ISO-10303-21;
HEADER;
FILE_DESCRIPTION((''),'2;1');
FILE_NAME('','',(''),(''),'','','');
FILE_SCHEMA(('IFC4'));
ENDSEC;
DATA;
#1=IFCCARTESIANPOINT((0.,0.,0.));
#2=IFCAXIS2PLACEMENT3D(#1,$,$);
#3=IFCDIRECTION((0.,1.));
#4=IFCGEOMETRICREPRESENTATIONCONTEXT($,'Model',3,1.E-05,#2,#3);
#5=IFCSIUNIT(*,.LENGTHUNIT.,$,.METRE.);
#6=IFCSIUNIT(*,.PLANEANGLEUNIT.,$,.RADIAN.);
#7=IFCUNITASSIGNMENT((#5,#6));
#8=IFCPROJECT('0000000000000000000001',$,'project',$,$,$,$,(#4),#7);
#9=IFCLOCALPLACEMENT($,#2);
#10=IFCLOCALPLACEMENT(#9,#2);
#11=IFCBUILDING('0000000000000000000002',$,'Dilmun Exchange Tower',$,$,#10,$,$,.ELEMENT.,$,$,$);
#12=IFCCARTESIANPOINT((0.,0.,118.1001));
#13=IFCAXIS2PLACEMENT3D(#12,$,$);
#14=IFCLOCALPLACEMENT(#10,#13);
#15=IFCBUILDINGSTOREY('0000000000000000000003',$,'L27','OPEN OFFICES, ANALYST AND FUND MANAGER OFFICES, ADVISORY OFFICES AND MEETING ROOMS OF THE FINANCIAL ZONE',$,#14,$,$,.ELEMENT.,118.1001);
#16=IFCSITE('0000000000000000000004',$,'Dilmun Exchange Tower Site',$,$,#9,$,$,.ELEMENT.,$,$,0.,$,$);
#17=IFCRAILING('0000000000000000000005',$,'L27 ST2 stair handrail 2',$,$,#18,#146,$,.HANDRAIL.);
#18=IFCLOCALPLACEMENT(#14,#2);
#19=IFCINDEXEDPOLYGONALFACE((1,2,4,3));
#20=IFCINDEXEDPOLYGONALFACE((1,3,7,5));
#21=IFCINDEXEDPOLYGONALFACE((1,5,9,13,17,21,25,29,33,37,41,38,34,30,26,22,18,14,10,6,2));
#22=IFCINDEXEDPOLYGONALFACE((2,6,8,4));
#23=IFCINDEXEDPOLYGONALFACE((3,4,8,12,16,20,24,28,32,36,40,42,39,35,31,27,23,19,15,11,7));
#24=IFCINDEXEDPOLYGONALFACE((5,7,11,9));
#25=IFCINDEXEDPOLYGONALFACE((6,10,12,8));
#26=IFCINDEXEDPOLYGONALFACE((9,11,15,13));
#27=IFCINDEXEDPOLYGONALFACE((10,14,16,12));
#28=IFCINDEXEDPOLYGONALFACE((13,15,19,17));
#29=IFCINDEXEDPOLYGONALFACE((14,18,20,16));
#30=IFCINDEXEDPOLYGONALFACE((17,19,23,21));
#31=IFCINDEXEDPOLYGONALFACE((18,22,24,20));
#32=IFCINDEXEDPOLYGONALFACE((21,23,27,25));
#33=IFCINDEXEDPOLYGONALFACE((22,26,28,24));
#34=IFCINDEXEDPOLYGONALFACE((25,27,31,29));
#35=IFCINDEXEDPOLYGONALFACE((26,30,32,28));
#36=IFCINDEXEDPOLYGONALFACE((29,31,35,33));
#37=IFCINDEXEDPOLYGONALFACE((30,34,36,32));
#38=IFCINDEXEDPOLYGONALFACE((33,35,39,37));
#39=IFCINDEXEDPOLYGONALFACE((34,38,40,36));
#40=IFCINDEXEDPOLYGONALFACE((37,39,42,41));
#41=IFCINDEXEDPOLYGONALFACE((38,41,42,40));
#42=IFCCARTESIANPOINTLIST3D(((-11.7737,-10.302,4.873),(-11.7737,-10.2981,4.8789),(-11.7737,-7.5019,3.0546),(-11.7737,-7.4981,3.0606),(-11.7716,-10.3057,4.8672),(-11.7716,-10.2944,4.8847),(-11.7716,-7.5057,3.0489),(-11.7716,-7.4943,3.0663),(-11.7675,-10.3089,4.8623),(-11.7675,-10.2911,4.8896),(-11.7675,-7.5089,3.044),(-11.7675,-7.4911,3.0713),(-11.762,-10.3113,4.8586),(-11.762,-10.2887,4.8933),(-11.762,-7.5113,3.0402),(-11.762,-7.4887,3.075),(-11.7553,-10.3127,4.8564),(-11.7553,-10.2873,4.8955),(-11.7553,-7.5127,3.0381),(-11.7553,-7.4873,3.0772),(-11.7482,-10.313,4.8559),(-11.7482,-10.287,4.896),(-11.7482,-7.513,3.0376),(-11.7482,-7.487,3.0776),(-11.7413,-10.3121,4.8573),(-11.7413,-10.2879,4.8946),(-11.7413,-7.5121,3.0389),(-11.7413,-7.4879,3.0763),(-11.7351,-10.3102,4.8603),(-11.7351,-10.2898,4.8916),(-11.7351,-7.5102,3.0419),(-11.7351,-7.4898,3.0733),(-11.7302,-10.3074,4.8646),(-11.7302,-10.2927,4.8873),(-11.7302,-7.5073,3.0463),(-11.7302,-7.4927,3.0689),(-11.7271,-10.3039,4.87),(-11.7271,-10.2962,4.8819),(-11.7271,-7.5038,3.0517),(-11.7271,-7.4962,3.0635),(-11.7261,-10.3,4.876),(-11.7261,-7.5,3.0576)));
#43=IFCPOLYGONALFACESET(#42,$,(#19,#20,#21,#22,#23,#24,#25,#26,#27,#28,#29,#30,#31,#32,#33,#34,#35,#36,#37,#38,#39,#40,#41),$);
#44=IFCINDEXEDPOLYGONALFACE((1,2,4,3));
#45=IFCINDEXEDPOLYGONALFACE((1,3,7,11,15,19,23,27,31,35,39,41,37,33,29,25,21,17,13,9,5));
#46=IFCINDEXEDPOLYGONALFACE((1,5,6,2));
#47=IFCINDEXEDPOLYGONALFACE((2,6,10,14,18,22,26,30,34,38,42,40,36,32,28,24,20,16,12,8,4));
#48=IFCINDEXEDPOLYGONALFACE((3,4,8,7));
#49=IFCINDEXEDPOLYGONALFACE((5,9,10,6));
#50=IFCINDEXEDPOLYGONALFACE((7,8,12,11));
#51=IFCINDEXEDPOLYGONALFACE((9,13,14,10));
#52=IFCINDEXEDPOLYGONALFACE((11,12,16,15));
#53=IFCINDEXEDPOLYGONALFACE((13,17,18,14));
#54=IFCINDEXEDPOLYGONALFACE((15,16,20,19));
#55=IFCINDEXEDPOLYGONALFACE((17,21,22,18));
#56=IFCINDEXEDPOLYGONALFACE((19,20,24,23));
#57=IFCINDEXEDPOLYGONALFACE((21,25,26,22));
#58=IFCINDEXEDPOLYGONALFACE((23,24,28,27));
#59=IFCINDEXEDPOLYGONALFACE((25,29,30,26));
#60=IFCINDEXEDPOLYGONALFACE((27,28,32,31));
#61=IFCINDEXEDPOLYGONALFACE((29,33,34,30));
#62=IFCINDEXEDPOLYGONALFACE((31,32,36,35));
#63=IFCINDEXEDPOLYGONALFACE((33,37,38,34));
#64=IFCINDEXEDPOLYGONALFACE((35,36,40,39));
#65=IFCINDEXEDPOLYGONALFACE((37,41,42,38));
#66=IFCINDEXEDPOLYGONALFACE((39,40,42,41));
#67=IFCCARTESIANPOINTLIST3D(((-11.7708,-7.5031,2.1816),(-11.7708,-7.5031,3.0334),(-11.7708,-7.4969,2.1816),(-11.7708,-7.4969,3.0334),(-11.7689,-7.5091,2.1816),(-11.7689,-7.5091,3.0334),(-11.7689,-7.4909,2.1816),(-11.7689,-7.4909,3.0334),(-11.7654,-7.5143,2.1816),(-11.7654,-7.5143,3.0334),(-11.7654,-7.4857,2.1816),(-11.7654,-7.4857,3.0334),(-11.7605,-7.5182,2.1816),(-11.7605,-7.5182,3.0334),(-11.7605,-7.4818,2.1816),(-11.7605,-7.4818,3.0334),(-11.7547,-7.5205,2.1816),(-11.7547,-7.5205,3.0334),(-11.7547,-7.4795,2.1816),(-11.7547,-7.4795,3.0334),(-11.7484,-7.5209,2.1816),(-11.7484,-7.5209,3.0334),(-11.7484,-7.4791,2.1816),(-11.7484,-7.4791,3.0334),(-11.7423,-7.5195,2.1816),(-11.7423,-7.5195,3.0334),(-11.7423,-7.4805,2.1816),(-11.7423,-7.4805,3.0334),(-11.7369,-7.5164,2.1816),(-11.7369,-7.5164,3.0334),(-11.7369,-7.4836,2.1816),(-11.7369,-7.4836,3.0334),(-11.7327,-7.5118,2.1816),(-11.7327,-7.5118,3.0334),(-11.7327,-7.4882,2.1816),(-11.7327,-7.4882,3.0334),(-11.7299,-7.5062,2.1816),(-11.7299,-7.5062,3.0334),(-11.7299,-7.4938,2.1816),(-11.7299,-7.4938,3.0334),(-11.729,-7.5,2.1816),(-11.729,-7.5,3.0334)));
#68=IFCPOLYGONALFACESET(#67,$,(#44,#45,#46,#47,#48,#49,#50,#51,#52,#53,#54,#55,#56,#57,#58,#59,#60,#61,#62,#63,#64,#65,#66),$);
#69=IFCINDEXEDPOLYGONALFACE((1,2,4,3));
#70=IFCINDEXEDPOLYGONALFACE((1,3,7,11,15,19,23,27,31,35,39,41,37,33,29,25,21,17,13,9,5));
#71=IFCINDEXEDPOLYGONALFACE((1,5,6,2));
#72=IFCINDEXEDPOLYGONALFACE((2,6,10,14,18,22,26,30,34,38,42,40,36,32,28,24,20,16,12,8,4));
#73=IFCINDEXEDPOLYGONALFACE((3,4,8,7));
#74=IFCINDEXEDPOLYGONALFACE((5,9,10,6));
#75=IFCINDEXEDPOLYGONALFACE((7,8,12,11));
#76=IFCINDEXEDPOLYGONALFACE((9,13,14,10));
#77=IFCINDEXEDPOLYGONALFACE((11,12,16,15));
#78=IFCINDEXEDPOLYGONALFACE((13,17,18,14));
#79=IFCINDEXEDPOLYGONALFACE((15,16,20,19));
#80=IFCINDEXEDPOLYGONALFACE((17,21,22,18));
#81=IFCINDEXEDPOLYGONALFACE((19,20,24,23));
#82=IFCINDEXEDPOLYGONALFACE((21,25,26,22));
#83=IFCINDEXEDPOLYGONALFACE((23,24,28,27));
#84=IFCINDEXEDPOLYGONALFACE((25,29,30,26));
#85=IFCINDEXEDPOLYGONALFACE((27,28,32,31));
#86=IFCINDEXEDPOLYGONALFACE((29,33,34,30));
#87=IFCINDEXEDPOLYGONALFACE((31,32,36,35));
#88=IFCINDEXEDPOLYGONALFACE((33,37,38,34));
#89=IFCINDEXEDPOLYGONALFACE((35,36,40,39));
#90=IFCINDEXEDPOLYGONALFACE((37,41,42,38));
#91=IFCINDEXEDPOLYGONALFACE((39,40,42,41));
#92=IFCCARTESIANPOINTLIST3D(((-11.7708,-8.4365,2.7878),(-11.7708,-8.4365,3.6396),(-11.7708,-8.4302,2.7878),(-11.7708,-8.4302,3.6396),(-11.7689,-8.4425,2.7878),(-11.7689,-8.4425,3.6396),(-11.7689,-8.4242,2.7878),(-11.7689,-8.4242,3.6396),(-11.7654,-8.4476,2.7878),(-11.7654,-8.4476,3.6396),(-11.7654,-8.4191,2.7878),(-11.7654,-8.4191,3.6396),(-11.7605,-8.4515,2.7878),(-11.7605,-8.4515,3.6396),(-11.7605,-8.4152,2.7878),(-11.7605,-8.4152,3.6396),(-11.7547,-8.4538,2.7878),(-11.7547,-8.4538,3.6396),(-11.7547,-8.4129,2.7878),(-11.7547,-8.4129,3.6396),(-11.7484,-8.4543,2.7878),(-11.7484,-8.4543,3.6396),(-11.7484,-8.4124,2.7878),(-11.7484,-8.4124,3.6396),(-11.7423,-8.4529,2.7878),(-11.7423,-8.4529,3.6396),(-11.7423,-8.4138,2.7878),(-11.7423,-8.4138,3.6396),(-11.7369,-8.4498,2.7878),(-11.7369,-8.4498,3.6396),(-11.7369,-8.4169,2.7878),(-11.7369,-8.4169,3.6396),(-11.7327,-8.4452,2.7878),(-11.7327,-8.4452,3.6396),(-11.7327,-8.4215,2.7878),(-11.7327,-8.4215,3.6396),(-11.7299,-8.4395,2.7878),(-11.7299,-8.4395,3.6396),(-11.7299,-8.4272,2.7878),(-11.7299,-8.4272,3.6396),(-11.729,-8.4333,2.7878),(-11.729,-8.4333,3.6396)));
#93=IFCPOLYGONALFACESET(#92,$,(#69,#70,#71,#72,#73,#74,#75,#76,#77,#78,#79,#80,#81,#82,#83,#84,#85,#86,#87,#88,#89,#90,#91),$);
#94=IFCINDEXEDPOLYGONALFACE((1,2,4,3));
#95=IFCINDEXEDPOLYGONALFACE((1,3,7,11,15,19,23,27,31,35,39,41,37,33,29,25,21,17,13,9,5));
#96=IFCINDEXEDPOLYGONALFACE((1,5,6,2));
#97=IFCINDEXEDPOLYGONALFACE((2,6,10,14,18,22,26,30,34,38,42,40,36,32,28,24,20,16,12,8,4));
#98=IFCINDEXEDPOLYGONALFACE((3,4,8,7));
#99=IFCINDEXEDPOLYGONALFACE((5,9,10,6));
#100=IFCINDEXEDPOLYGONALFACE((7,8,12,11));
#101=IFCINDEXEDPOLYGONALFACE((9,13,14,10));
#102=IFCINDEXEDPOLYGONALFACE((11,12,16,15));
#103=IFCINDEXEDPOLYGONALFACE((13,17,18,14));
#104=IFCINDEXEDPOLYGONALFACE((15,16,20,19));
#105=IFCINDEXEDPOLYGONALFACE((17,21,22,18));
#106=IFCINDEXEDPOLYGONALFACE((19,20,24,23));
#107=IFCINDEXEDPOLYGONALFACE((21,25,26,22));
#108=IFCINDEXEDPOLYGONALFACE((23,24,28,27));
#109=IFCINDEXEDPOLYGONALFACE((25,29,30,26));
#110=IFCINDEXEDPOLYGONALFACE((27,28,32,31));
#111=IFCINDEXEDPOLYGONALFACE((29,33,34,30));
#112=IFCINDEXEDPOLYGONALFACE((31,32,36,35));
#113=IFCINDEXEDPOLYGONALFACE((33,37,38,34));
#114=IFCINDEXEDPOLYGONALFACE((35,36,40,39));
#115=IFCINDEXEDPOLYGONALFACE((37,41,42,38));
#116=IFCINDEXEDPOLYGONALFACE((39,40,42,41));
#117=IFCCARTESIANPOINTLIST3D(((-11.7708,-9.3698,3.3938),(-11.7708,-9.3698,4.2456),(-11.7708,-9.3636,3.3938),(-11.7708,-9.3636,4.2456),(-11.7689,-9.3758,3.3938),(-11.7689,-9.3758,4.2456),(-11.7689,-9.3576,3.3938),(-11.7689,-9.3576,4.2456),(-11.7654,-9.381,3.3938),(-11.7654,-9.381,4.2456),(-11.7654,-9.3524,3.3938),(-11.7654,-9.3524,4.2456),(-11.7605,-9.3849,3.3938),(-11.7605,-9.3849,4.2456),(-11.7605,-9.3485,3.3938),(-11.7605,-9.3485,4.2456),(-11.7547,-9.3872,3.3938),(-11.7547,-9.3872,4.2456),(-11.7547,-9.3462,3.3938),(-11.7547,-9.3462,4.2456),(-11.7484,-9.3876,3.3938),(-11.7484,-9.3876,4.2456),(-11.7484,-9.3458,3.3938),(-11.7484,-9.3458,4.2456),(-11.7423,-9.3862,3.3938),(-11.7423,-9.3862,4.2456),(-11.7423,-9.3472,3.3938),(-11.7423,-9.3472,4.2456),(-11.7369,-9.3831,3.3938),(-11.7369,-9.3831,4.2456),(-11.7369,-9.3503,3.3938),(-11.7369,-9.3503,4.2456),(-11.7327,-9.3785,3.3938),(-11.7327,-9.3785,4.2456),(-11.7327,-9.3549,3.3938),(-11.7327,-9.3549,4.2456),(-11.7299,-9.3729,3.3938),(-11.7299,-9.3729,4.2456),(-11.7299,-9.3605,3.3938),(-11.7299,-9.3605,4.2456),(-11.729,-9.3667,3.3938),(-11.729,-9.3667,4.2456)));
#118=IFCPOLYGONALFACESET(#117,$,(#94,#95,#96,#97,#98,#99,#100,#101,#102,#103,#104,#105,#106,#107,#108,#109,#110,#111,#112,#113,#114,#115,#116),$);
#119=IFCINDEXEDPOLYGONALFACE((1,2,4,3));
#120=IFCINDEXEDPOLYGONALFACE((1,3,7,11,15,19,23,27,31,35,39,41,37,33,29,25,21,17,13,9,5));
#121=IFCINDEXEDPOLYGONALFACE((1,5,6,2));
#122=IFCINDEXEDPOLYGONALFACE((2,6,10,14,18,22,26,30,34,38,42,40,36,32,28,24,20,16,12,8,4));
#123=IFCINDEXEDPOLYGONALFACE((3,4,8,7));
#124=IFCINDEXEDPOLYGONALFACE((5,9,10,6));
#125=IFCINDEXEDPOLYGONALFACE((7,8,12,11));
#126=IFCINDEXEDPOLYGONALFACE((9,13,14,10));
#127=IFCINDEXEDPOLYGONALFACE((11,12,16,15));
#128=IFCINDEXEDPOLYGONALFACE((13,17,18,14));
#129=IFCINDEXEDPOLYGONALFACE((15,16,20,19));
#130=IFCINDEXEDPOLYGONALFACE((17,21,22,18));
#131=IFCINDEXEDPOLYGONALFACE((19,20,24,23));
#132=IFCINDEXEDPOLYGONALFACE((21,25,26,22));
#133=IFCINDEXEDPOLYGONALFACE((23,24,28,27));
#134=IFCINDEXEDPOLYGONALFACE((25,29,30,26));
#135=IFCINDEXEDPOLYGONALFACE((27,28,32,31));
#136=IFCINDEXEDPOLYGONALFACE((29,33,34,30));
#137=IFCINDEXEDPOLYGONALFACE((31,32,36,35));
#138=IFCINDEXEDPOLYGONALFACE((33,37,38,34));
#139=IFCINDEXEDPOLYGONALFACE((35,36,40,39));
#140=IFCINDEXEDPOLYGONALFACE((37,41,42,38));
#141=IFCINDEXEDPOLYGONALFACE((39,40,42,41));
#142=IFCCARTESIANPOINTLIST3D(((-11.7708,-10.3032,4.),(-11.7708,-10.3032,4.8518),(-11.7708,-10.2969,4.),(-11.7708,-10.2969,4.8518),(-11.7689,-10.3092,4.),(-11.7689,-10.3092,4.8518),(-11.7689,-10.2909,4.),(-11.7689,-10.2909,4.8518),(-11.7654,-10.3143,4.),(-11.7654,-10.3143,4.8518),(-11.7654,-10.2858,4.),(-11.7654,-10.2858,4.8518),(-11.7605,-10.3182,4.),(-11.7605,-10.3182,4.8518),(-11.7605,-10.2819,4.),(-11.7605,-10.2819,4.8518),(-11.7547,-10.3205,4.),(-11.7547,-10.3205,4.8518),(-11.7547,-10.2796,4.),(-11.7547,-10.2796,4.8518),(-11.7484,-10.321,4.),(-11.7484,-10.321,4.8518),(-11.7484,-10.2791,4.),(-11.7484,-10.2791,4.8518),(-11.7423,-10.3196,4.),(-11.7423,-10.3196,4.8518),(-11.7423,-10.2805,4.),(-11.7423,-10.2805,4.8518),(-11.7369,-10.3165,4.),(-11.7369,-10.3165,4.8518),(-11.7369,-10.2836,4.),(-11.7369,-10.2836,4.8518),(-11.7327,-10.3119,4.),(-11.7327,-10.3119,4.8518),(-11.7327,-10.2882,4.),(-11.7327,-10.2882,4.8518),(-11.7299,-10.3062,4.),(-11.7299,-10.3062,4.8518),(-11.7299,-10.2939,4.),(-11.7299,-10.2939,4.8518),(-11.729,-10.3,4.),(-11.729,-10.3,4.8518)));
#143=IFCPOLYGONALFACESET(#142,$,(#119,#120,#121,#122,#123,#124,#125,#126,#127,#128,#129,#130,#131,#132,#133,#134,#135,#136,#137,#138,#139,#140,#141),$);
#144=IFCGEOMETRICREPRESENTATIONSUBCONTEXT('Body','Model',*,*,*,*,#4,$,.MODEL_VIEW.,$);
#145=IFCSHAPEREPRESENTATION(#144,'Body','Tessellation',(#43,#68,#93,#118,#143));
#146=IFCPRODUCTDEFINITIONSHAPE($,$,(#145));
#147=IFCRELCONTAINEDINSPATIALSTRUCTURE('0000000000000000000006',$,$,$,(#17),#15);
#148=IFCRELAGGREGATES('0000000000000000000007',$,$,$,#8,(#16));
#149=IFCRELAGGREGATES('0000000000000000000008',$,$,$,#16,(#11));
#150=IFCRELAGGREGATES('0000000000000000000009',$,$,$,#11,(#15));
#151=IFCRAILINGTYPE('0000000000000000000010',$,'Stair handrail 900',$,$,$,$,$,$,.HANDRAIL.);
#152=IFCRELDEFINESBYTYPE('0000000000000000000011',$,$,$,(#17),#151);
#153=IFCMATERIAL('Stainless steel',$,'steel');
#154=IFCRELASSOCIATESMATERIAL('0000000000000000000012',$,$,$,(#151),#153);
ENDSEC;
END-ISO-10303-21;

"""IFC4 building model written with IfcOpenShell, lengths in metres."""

from ifc_helpers import new_model, si_unit, direction, frame, origin, origin_2d, place, context, subcontext, project, spatial, circle, extrude, material, type_object, element, save


model = new_model("IFC4")

# Units and contexts
model_context = context("Model", 3, precision=1e-05, world=origin(), true_north=direction((0.0, 1.0)))
body_context = subcontext(model_context, "Body", "Model", "MODEL_VIEW")
ifc_project = project(units=[si_unit("LENGTHUNIT", "METRE"), si_unit("PLANEANGLEUNIT", "RADIAN")], contexts=[model_context])

# Site, building, storey
site_placement = place(None, origin())
site = spatial("IfcSite", under=ifc_project, at=site_placement, Name="Dilmun Exchange Tower Site", CompositionType="ELEMENT", RefElevation=0.0)
building_placement = place(site_placement, origin())
building = spatial("IfcBuilding", under=site, at=building_placement, Name="Dilmun Exchange Tower", CompositionType="ELEMENT")
storey_placement = place(building_placement, frame((0.0, 0.0, 118.1001)))
storey = spatial("IfcBuildingStorey", under=building, at=storey_placement, Name="L27", Description="OPEN OFFICES, ANALYST AND FUND MANAGER OFFICES, ADVISORY OFFICES AND MEETING ROOMS OF THE FINANCIAL ZONE", CompositionType="ELEMENT", Elevation=118.1001)

# Railing
ifc_material_1 = material(Name="Stainless steel", Category="steel")
railing_type = type_object("IfcRailingType", Name="Stair handrail 900", PredefinedType="HANDRAIL", material=ifc_material_1)
railing_1_placement = place(storey_placement, frame((-11.75, -7.5, 2.1816)))
element("IfcRailing", 1, at=railing_1_placement, inside=storey, type_object=railing_type, Name="L27 ST2 stair handrail 2", PredefinedType="HANDRAIL", context=body_context, shape_type="SweptSolid", body=[
    extrude(circle(Radius=0.0239, at=origin_2d()), frame((0.0, 0.0, 0.876), z_axis=(0.0, -0.838672, 0.544636), x_axis=(1.0, 0.0, 0.0)), (0.0, 0.0, 1.0), 3.3386),
    extrude(circle(Radius=0.021, at=origin_2d()), origin(), (0.0, 0.0, 1.0), 0.8518),
    extrude(circle(Radius=0.021, at=origin_2d()), frame((0.0, -0.9333, 0.6062)), (0.0, 0.0, 1.0), 0.8518),
    extrude(circle(Radius=0.021, at=origin_2d()), frame((0.0, -1.8667, 1.2122)), (0.0, 0.0, 1.0), 0.8518),
    extrude(circle(Radius=0.021, at=origin_2d()), frame((0.0, -2.8, 1.8184)), (0.0, 0.0, 1.0), 0.8518),
])

save(model, "model.ifc")
